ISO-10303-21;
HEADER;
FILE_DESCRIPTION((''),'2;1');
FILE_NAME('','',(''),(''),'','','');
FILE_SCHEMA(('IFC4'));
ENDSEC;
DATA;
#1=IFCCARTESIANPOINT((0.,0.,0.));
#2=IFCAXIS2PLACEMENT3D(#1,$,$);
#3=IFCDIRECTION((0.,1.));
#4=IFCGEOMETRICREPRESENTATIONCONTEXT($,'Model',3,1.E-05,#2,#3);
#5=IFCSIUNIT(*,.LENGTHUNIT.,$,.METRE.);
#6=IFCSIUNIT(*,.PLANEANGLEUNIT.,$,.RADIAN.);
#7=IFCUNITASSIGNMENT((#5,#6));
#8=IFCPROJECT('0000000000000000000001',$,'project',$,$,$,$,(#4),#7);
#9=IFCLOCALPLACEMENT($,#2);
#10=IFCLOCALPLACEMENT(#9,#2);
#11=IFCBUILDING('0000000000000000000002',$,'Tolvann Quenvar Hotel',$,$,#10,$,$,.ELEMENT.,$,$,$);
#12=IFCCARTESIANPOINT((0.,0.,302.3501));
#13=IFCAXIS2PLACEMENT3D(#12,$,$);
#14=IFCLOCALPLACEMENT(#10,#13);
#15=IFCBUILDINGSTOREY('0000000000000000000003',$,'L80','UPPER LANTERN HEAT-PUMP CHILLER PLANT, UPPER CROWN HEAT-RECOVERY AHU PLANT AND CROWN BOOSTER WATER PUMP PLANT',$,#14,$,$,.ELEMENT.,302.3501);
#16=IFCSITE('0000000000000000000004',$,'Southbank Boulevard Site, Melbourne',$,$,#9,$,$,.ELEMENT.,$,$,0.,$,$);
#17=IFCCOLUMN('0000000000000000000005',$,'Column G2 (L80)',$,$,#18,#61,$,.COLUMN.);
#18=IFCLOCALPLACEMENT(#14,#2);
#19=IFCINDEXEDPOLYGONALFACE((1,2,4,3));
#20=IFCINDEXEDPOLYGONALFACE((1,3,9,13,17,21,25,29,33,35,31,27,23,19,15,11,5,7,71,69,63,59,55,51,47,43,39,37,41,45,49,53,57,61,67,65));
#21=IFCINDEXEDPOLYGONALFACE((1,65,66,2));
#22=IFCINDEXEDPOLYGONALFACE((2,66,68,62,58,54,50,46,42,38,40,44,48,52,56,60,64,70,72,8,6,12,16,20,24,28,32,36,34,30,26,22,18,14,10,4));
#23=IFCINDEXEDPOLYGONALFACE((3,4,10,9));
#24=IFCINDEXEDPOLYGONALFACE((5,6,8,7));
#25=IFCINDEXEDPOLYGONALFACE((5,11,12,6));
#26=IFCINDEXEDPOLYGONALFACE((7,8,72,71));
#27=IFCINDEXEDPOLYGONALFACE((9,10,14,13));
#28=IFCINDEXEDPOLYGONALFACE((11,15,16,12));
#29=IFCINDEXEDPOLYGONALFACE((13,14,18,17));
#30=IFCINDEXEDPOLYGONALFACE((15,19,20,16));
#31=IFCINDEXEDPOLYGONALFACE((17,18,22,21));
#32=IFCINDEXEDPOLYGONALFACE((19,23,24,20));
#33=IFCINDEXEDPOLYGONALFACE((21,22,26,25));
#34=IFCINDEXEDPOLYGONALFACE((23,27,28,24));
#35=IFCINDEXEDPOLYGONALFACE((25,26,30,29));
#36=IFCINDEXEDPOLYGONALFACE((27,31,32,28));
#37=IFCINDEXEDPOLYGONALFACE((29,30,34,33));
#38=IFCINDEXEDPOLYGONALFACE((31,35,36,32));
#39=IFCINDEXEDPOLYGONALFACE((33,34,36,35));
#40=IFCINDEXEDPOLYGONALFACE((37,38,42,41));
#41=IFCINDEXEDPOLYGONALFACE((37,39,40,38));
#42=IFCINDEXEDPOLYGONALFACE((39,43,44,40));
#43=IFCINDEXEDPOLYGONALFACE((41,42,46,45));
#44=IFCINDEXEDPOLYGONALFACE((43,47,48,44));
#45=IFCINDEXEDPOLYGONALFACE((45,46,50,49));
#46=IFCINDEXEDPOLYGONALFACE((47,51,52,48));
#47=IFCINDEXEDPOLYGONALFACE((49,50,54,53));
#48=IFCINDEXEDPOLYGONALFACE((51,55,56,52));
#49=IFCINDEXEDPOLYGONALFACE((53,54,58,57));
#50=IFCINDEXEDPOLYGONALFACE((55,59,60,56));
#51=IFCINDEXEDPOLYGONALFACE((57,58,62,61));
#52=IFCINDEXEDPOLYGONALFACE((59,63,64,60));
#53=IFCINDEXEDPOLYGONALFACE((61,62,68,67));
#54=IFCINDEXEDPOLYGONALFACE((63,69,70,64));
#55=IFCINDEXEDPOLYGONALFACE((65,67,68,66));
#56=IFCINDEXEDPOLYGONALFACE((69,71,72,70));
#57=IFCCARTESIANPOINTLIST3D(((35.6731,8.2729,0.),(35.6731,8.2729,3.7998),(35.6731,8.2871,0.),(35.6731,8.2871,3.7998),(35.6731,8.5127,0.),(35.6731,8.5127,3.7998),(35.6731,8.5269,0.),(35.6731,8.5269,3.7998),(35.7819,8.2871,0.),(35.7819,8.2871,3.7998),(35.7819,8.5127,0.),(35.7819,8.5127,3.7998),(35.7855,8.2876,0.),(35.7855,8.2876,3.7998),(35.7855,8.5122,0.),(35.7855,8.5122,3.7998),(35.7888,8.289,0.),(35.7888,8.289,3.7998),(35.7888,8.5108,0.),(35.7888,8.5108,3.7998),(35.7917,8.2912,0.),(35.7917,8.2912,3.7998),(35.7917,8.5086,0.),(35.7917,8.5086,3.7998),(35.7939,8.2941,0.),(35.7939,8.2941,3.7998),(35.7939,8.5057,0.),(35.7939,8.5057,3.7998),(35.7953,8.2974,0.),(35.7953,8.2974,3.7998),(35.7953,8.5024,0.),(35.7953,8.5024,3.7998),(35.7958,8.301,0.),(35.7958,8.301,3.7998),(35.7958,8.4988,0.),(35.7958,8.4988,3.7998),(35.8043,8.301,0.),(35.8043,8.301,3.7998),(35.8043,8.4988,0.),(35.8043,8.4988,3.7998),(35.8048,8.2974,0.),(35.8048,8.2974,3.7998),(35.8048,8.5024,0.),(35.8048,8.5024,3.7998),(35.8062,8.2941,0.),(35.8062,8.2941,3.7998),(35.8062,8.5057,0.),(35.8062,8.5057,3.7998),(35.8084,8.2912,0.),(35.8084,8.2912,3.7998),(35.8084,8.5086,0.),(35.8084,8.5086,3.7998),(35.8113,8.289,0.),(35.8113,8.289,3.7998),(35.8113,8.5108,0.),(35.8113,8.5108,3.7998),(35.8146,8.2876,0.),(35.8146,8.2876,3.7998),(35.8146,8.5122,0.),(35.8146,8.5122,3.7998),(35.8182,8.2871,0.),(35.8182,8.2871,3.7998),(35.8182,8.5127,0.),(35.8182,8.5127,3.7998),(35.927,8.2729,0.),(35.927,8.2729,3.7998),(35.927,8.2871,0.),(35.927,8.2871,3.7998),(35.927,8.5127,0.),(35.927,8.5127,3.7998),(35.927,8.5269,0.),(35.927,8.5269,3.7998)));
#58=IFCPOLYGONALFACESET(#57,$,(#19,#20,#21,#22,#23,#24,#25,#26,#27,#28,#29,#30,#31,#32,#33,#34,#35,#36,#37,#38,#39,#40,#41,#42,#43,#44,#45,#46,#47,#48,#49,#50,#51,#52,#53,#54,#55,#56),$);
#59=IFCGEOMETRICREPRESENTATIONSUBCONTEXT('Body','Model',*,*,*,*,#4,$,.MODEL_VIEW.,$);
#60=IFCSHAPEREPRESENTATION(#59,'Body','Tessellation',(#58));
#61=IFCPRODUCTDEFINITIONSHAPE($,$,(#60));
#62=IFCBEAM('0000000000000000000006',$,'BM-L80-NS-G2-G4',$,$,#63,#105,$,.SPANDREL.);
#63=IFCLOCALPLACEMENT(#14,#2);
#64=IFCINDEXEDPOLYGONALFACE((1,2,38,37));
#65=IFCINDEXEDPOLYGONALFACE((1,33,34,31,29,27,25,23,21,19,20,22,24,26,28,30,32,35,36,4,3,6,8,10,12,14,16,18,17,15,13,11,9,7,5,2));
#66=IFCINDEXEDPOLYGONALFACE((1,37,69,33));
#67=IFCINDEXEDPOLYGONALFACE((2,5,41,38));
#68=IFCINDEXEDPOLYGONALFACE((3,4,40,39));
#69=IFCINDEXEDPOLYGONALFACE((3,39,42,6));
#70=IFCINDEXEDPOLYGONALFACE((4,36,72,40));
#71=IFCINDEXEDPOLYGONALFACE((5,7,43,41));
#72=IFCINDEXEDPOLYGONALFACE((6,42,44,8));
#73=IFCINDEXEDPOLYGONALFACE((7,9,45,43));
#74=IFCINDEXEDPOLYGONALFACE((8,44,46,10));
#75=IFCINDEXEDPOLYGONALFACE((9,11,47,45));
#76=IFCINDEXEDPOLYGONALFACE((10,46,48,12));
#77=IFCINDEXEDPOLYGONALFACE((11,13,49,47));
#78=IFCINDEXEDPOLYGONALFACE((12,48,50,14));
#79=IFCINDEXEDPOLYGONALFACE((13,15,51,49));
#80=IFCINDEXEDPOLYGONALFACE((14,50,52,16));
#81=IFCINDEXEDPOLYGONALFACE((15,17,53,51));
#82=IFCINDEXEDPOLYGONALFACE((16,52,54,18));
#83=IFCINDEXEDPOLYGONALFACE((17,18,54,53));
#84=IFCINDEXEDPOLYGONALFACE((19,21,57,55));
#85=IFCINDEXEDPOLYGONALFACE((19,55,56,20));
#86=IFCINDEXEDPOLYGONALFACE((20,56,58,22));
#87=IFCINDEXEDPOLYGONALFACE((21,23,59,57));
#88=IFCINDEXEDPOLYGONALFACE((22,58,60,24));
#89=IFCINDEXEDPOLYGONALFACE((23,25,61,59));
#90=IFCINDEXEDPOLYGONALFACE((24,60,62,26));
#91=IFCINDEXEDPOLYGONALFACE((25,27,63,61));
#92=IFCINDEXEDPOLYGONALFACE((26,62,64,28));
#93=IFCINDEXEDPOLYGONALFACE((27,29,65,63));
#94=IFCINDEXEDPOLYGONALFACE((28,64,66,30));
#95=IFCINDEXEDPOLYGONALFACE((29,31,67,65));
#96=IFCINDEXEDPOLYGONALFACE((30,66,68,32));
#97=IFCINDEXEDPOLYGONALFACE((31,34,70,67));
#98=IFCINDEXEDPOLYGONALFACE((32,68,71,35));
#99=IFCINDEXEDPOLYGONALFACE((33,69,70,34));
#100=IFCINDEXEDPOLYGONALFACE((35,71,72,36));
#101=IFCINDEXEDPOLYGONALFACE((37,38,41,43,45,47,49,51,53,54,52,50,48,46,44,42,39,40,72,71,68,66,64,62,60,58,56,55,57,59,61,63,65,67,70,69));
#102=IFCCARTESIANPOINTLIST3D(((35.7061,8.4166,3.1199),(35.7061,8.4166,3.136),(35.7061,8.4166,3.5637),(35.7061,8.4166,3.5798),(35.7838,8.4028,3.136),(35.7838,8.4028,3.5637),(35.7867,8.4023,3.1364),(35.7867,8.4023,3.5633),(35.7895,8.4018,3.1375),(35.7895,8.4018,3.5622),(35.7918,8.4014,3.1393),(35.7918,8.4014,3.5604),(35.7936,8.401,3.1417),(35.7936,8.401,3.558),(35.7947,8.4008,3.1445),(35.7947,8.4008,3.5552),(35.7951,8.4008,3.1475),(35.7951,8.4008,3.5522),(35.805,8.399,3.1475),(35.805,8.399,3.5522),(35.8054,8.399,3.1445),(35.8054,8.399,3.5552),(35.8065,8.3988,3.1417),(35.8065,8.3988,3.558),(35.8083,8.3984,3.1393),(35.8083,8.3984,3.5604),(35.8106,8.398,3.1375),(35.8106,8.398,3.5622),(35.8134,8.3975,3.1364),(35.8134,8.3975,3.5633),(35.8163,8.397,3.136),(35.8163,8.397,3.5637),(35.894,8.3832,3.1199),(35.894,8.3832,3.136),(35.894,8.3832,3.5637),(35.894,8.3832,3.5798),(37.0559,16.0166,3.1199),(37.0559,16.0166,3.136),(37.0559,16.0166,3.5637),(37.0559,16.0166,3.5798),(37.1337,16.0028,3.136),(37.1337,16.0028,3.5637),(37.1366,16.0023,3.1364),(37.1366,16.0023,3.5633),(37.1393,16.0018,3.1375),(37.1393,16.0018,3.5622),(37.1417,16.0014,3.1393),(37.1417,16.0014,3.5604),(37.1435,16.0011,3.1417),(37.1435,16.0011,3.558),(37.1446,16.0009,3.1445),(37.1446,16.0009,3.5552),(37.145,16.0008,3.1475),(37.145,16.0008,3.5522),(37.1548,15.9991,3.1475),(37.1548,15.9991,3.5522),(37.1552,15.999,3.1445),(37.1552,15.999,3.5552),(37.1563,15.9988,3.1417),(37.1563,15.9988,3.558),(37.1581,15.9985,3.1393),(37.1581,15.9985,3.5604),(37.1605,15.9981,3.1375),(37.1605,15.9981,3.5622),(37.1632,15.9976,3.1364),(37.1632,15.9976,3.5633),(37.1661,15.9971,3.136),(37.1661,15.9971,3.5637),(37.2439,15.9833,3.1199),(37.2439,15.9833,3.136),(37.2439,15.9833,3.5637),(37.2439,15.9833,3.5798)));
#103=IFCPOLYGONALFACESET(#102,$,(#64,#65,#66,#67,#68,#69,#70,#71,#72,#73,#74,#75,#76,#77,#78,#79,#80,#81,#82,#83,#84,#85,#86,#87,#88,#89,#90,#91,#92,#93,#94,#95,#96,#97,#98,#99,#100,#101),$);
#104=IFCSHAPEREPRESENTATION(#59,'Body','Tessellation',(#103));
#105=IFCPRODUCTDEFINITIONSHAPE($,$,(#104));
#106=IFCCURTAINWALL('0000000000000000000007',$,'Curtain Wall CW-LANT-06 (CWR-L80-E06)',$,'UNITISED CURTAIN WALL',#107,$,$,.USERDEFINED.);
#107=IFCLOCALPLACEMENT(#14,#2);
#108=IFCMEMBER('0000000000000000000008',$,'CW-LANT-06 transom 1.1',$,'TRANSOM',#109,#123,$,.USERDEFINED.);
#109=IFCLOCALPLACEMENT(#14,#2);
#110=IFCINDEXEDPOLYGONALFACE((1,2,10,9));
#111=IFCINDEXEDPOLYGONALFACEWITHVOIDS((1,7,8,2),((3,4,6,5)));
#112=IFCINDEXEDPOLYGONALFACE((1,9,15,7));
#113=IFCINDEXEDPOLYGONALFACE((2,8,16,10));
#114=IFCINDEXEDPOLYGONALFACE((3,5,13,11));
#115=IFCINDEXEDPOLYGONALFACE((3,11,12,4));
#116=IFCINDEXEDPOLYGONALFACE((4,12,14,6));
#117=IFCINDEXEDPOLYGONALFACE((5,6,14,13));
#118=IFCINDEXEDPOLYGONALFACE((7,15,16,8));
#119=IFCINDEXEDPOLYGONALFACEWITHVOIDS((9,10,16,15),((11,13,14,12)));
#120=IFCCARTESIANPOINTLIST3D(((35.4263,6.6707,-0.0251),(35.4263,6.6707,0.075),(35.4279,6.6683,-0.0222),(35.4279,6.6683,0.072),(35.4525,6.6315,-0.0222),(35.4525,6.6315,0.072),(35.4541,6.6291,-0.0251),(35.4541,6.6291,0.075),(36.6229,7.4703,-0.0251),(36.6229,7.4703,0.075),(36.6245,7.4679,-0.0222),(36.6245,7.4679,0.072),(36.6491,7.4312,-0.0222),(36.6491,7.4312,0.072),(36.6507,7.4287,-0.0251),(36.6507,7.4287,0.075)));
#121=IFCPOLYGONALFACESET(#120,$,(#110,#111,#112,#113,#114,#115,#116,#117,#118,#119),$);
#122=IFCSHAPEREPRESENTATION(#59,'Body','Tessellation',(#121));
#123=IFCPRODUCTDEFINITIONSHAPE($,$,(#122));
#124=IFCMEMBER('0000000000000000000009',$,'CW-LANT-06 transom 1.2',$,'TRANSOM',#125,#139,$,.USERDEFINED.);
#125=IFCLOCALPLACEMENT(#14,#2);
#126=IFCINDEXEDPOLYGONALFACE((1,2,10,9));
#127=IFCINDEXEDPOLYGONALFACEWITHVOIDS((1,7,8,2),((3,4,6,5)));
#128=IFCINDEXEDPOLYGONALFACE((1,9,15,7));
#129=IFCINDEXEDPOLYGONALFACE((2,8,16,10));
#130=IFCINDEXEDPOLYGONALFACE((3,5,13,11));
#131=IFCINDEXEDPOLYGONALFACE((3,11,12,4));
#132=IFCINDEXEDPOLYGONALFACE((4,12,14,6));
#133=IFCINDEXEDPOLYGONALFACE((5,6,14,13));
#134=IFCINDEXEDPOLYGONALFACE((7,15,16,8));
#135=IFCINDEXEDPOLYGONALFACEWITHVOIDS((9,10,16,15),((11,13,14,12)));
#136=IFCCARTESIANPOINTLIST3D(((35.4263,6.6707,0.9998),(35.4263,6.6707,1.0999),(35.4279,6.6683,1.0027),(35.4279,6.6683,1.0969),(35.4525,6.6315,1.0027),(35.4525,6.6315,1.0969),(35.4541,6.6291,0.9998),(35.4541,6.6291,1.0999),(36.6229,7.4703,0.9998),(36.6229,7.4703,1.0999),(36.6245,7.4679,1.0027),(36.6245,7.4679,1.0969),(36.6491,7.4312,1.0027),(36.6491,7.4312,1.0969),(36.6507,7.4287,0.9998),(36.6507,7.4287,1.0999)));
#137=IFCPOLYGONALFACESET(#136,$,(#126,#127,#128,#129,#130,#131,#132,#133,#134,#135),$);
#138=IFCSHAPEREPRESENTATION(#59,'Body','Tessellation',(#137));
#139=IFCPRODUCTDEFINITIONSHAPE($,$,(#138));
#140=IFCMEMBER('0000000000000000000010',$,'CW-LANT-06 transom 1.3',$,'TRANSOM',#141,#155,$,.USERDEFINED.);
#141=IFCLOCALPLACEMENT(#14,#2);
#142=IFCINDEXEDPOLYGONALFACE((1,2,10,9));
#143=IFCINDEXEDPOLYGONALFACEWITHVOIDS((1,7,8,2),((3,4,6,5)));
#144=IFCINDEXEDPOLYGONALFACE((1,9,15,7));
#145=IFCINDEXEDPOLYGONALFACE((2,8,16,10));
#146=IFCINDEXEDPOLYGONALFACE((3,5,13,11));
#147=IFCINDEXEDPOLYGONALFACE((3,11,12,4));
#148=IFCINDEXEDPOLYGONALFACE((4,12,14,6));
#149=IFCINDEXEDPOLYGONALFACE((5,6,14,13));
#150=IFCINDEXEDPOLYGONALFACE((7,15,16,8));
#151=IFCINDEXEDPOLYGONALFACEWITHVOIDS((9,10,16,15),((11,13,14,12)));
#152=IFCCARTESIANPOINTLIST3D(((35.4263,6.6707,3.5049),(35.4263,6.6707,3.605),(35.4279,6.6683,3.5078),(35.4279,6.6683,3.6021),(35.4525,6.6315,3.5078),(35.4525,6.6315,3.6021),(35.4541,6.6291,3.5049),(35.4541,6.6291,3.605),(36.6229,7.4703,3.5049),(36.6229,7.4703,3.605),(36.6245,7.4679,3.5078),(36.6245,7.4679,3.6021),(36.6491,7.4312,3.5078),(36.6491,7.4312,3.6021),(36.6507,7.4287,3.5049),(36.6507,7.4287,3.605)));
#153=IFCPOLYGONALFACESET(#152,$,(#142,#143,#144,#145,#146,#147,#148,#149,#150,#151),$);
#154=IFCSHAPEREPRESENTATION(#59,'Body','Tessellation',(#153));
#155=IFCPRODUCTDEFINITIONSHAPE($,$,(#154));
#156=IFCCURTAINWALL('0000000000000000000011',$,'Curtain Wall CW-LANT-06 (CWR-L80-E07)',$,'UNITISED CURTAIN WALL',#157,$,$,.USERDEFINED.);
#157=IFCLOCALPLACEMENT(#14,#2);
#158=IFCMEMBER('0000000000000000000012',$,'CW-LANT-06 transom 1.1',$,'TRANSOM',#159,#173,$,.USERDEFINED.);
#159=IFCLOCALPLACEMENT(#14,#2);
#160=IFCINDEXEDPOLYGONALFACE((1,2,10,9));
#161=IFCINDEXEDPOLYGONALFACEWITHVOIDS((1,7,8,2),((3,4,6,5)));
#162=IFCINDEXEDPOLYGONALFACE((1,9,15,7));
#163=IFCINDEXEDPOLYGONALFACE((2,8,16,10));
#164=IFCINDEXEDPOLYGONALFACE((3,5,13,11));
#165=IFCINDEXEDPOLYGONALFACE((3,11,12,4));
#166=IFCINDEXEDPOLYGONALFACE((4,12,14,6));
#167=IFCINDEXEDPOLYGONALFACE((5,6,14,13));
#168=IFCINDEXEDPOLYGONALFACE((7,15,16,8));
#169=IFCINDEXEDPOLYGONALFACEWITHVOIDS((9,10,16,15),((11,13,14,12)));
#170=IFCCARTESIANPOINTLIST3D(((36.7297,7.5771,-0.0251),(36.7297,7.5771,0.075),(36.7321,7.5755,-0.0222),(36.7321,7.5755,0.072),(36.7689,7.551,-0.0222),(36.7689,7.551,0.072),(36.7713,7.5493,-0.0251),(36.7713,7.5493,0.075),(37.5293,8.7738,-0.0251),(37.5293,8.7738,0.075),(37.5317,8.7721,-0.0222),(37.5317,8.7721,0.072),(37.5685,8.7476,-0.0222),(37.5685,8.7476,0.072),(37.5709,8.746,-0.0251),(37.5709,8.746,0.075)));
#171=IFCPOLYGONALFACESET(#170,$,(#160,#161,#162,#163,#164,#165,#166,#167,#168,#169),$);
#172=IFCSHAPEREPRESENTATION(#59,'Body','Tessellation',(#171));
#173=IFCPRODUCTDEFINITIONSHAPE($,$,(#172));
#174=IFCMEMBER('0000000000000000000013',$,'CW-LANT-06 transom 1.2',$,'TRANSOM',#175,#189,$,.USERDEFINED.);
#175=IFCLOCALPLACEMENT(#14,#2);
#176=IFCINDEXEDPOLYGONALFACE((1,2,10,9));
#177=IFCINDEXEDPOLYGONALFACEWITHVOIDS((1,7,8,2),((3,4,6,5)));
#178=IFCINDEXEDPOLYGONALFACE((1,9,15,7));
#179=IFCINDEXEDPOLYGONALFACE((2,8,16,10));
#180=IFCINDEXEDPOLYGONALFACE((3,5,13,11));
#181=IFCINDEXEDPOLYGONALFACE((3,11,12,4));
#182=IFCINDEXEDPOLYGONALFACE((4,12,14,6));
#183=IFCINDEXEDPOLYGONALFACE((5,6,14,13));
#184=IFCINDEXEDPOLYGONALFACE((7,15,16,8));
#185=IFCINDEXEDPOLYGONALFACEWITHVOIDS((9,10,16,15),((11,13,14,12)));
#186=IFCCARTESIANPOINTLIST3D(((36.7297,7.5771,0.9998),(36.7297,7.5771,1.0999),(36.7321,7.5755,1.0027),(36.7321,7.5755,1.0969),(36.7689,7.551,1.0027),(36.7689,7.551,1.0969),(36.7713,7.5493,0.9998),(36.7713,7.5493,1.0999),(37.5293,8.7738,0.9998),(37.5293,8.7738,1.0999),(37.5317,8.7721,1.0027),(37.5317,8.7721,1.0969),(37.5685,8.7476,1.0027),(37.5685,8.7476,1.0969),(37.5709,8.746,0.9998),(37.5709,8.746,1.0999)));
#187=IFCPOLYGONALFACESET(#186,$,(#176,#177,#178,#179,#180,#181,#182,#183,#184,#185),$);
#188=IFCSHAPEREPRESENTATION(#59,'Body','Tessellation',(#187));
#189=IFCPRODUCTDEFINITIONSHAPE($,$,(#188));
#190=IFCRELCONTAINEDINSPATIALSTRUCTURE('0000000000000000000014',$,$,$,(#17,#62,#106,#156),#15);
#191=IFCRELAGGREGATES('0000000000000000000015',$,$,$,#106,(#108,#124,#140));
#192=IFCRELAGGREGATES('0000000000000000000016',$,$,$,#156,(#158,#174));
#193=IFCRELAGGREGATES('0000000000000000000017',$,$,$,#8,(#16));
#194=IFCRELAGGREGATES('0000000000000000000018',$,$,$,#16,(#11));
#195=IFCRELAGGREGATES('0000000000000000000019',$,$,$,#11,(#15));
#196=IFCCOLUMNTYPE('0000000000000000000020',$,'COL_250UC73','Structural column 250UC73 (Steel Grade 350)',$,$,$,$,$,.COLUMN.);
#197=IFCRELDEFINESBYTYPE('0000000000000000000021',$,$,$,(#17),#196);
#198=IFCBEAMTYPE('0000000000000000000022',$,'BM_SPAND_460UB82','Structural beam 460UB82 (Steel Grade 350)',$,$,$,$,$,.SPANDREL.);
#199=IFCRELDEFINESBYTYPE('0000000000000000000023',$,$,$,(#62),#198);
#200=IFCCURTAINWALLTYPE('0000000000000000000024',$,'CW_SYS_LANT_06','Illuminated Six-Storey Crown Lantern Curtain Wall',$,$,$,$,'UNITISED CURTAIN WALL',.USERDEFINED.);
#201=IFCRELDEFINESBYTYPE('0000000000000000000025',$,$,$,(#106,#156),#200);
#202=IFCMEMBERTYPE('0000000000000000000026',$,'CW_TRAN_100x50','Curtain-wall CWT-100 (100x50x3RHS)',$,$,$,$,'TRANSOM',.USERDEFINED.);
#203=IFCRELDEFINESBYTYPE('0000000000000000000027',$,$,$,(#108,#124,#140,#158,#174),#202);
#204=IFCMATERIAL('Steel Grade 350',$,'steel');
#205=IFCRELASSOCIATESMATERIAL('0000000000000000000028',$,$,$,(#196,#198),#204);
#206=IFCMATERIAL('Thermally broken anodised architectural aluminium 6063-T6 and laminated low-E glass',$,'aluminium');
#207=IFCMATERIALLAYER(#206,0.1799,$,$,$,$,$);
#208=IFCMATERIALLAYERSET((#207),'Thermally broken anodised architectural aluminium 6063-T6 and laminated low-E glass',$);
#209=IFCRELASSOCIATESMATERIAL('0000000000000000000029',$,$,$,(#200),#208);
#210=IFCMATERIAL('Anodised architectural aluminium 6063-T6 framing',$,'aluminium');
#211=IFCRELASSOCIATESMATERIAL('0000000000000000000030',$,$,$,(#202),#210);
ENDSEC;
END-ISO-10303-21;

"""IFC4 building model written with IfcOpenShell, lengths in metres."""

from ifc_helpers import new_model, si_unit, direction, frame, origin, origin_2d, place, context, subcontext, project, spatial, hollow_rectangle, i_section, extrude, source, transform, mapped, material, layer, layer_set, material_profile, profile_set, type_object, type_shapes, element, aggregate, save


model = new_model("IFC4")

# Units and contexts
model_context = context("Model", 3, precision=1e-05, world=origin(), true_north=direction((0.0, 1.0)))
body_context = subcontext(model_context, "Body", "Model", "MODEL_VIEW")
ifc_project = project(units=[si_unit("LENGTHUNIT", "METRE"), si_unit("PLANEANGLEUNIT", "RADIAN")], contexts=[model_context])

# Site, building, storey
site_placement = place(None, origin())
site = spatial("IfcSite", under=ifc_project, at=site_placement, Name="Southbank Boulevard Site, Melbourne", CompositionType="ELEMENT", RefElevation=0.0)
building_placement = place(site_placement, origin())
building = spatial("IfcBuilding", under=site, at=building_placement, Name="Tolvann Quenvar Hotel", CompositionType="ELEMENT")
storey_placement = place(building_placement, frame((0.0, 0.0, 302.3501)))
storey = spatial("IfcBuildingStorey", under=building, at=storey_placement, Name="L80", Description="UPPER LANTERN HEAT-PUMP CHILLER PLANT, UPPER CROWN HEAT-RECOVERY AHU PLANT AND CROWN BOOSTER WATER PUMP PLANT", CompositionType="ELEMENT", Elevation=302.3501)

# Column
ifc_material_1 = material(Name="Steel Grade 350", Category="steel")
ifc_material_profile_1 = material_profile(ifc_material_1, i_section(OverallWidth=0.2539, OverallDepth=0.2539, WebThickness=0.0085, FlangeThickness=0.0142, FilletRadius=0.0139, at=origin_2d()), Name="250UC73")
ifc_profile_set_1 = profile_set([ifc_material_profile_1], Name="Steel Grade 350")
column_type = type_object("IfcColumnType", Name="COL_250UC73", Description="Structural column 250UC73 (Steel Grade 350)", PredefinedType="COLUMN", material=ifc_profile_set_1)
shared_shape_1 = source(origin(), body_context, "Body", "SweptSolid", [
    extrude(i_section(OverallWidth=0.2539, OverallDepth=0.2539, WebThickness=0.0085, FlangeThickness=0.0142, FilletRadius=0.0139, at=origin_2d()), origin(), (0.0, 0.0, 1.0), 3.7998),
])
type_shapes(column_type, [shared_shape_1])
column_placement = place(storey_placement, frame((35.8, 8.3999, 0.0), z_axis=(0.0, 0.0, 1.0), x_axis=(1.0, 0.0, 0.0)))
element("IfcColumn", 1, at=column_placement, inside=storey, type_object=column_type, Name="Column G2 (L80)", PredefinedType="COLUMN", context=body_context, shape_type="MappedRepresentation", body=[
    mapped(shared_shape_1, transform((0.0, 0.0, 0.0), x_axis=(1.0, 0.0, 0.0), y_axis=(0.0, 1.0, 0.0), z_axis=(0.0, 0.0, 1.0), scale=1.0)),
])

# Beam
ifc_material_profile_2 = material_profile(ifc_material_1, i_section(OverallWidth=0.1909, OverallDepth=0.46, WebThickness=0.01, FlangeThickness=0.0161, FilletRadius=0.0115, at=origin_2d()), Name="460UB82")
ifc_profile_set_2 = profile_set([ifc_material_profile_2], Name="Steel Grade 350")
beam_type = type_object("IfcBeamType", Name="BM_SPAND_460UB82", Description="Structural beam 460UB82 (Steel Grade 350)", PredefinedType="SPANDREL", material=ifc_profile_set_2)
shared_shape_2 = source(origin(), body_context, "Body", "SweptSolid", [
    extrude(i_section(OverallWidth=0.1909, OverallDepth=0.46, WebThickness=0.01, FlangeThickness=0.0161, FilletRadius=0.0115, at=origin_2d()), origin(), (0.0, 0.0, 1.0), 7.719),
])
type_shapes(beam_type, [shared_shape_2])
beam_placement = place(storey_placement, frame((35.8, 8.3999, 3.3499), z_axis=(0.174873, 0.984591, 0.0), x_axis=(-0.984591, 0.174873, 0.0)))
element("IfcBeam", 2, at=beam_placement, inside=storey, type_object=beam_type, Name="BM-L80-NS-G2-G4", PredefinedType="SPANDREL", context=body_context, shape_type="MappedRepresentation", body=[
    mapped(shared_shape_2, transform((0.0, 0.0, 0.0), x_axis=(1.0, 0.0, 0.0), y_axis=(0.0, 1.0, 0.0), z_axis=(0.0, 0.0, 1.0), scale=1.0)),
])

# Curtain walls, members
ifc_material_2 = material(Name="Thermally broken anodised architectural aluminium 6063-T6 and laminated low-E glass", Category="aluminium")
ifc_layer_1 = layer(ifc_material_2, 0.1799)
ifc_layer_set_1 = layer_set([ifc_layer_1], Name="Thermally broken anodised architectural aluminium 6063-T6 and laminated low-E glass")
curtain_wall_type = type_object("IfcCurtainWallType", Name="CW_SYS_LANT_06", Description="Illuminated Six-Storey Crown Lantern Curtain Wall", ElementType="UNITISED CURTAIN WALL", PredefinedType="USERDEFINED", material=ifc_layer_set_1)
curtain_wall_1_placement = place(storey_placement, origin())
curtain_wall_1 = element("IfcCurtainWall", 3, at=curtain_wall_1_placement, inside=storey, type_object=curtain_wall_type, Name="Curtain Wall CW-LANT-06 (CWR-L80-E06)", ObjectType="UNITISED CURTAIN WALL", PredefinedType="USERDEFINED")
ifc_material_3 = material(Name="Anodised architectural aluminium 6063-T6 framing", Category="aluminium")
ifc_material_profile_3 = material_profile(ifc_material_3, hollow_rectangle(XDim=0.05, YDim=0.1001, WallThickness=0.0029, at=origin_2d()), Name="100x50x3RHS")
ifc_profile_set_3 = profile_set([ifc_material_profile_3], Name="Anodised architectural aluminium 6063-T6 framing")
member_type_1 = type_object("IfcMemberType", Name="CW_TRAN_100x50", Description="Curtain-wall CWT-100 (100x50x3RHS)", ElementType="TRANSOM", PredefinedType="USERDEFINED", material=ifc_profile_set_3)
shared_shape_3 = source(origin(), body_context, "Body", "SweptSolid", [
    extrude(hollow_rectangle(XDim=0.05, YDim=0.1001, WallThickness=0.0029, at=origin_2d()), origin(), (0.0, 0.0, 1.0), 1.4392),
])
member_1_placement = place(storey_placement, frame((35.4402, 6.6499, 0.0249), z_axis=(0.83145, 0.5556, 0.0), x_axis=(-0.5556, 0.83145, 0.0)))
member_1 = element("IfcMember", 4, at=member_1_placement, type_object=member_type_1, Name="CW-LANT-06 transom 1.1", ObjectType="TRANSOM", PredefinedType="USERDEFINED", context=body_context, shape_type="MappedRepresentation", body=[
    mapped(shared_shape_3, transform((0.0, 0.0, 0.0), x_axis=(1.0, 0.0, 0.0), y_axis=(0.0, 1.0, 0.0), z_axis=(0.0, 0.0, 1.0), scale=1.0)),
])
member_2_placement = place(storey_placement, frame((35.4402, 6.6499, 1.0498), z_axis=(0.83145, 0.5556, 0.0), x_axis=(-0.5556, 0.83145, 0.0)))
member_2 = element("IfcMember", 5, at=member_2_placement, type_object=member_type_1, Name="CW-LANT-06 transom 1.2", ObjectType="TRANSOM", PredefinedType="USERDEFINED", context=body_context, shape_type="MappedRepresentation", body=[
    mapped(shared_shape_3, transform((0.0, 0.0, 0.0), x_axis=(1.0, 0.0, 0.0), y_axis=(0.0, 1.0, 0.0), z_axis=(0.0, 0.0, 1.0), scale=1.0)),
])
member_3_placement = place(storey_placement, frame((35.4402, 6.6499, 3.5549), z_axis=(0.83145, 0.5556, 0.0), x_axis=(-0.5556, 0.83145, 0.0)))
member_3 = element("IfcMember", 6, at=member_3_placement, type_object=member_type_1, Name="CW-LANT-06 transom 1.3", ObjectType="TRANSOM", PredefinedType="USERDEFINED", context=body_context, shape_type="MappedRepresentation", body=[
    mapped(shared_shape_3, transform((0.0, 0.0, 0.0), x_axis=(1.0, 0.0, 0.0), y_axis=(0.0, 1.0, 0.0), z_axis=(0.0, 0.0, 1.0), scale=1.0)),
])
curtain_wall_2_placement = place(storey_placement, origin())
curtain_wall_2 = element("IfcCurtainWall", 7, at=curtain_wall_2_placement, inside=storey, type_object=curtain_wall_type, Name="Curtain Wall CW-LANT-06 (CWR-L80-E07)", ObjectType="UNITISED CURTAIN WALL", PredefinedType="USERDEFINED")
member_4_placement = place(storey_placement, frame((36.7505, 7.5632, 0.0249), z_axis=(0.5556, 0.83145, 0.0), x_axis=(-0.83145, 0.5556, 0.0)))
member_4 = element("IfcMember", 8, at=member_4_placement, type_object=member_type_1, Name="CW-LANT-06 transom 1.1", ObjectType="TRANSOM", PredefinedType="USERDEFINED", context=body_context, shape_type="MappedRepresentation", body=[
    mapped(shared_shape_3, transform((0.0, 0.0, 0.0), x_axis=(1.0, 0.0, 0.0), y_axis=(0.0, 1.0, 0.0), z_axis=(0.0, 0.0, 1.0), scale=1.0)),
])
member_5_placement = place(storey_placement, frame((36.7505, 7.5632, 1.0498), z_axis=(0.5556, 0.83145, 0.0), x_axis=(-0.83145, 0.5556, 0.0)))
member_5 = element("IfcMember", 9, at=member_5_placement, type_object=member_type_1, Name="CW-LANT-06 transom 1.2", ObjectType="TRANSOM", PredefinedType="USERDEFINED", context=body_context, shape_type="MappedRepresentation", body=[
    mapped(shared_shape_3, transform((0.0, 0.0, 0.0), x_axis=(1.0, 0.0, 0.0), y_axis=(0.0, 1.0, 0.0), z_axis=(0.0, 0.0, 1.0), scale=1.0)),
])

aggregate(curtain_wall_1, [member_1, member_2, member_3])
aggregate(curtain_wall_2, [member_4, member_5])

save(model, "model.ifc")
